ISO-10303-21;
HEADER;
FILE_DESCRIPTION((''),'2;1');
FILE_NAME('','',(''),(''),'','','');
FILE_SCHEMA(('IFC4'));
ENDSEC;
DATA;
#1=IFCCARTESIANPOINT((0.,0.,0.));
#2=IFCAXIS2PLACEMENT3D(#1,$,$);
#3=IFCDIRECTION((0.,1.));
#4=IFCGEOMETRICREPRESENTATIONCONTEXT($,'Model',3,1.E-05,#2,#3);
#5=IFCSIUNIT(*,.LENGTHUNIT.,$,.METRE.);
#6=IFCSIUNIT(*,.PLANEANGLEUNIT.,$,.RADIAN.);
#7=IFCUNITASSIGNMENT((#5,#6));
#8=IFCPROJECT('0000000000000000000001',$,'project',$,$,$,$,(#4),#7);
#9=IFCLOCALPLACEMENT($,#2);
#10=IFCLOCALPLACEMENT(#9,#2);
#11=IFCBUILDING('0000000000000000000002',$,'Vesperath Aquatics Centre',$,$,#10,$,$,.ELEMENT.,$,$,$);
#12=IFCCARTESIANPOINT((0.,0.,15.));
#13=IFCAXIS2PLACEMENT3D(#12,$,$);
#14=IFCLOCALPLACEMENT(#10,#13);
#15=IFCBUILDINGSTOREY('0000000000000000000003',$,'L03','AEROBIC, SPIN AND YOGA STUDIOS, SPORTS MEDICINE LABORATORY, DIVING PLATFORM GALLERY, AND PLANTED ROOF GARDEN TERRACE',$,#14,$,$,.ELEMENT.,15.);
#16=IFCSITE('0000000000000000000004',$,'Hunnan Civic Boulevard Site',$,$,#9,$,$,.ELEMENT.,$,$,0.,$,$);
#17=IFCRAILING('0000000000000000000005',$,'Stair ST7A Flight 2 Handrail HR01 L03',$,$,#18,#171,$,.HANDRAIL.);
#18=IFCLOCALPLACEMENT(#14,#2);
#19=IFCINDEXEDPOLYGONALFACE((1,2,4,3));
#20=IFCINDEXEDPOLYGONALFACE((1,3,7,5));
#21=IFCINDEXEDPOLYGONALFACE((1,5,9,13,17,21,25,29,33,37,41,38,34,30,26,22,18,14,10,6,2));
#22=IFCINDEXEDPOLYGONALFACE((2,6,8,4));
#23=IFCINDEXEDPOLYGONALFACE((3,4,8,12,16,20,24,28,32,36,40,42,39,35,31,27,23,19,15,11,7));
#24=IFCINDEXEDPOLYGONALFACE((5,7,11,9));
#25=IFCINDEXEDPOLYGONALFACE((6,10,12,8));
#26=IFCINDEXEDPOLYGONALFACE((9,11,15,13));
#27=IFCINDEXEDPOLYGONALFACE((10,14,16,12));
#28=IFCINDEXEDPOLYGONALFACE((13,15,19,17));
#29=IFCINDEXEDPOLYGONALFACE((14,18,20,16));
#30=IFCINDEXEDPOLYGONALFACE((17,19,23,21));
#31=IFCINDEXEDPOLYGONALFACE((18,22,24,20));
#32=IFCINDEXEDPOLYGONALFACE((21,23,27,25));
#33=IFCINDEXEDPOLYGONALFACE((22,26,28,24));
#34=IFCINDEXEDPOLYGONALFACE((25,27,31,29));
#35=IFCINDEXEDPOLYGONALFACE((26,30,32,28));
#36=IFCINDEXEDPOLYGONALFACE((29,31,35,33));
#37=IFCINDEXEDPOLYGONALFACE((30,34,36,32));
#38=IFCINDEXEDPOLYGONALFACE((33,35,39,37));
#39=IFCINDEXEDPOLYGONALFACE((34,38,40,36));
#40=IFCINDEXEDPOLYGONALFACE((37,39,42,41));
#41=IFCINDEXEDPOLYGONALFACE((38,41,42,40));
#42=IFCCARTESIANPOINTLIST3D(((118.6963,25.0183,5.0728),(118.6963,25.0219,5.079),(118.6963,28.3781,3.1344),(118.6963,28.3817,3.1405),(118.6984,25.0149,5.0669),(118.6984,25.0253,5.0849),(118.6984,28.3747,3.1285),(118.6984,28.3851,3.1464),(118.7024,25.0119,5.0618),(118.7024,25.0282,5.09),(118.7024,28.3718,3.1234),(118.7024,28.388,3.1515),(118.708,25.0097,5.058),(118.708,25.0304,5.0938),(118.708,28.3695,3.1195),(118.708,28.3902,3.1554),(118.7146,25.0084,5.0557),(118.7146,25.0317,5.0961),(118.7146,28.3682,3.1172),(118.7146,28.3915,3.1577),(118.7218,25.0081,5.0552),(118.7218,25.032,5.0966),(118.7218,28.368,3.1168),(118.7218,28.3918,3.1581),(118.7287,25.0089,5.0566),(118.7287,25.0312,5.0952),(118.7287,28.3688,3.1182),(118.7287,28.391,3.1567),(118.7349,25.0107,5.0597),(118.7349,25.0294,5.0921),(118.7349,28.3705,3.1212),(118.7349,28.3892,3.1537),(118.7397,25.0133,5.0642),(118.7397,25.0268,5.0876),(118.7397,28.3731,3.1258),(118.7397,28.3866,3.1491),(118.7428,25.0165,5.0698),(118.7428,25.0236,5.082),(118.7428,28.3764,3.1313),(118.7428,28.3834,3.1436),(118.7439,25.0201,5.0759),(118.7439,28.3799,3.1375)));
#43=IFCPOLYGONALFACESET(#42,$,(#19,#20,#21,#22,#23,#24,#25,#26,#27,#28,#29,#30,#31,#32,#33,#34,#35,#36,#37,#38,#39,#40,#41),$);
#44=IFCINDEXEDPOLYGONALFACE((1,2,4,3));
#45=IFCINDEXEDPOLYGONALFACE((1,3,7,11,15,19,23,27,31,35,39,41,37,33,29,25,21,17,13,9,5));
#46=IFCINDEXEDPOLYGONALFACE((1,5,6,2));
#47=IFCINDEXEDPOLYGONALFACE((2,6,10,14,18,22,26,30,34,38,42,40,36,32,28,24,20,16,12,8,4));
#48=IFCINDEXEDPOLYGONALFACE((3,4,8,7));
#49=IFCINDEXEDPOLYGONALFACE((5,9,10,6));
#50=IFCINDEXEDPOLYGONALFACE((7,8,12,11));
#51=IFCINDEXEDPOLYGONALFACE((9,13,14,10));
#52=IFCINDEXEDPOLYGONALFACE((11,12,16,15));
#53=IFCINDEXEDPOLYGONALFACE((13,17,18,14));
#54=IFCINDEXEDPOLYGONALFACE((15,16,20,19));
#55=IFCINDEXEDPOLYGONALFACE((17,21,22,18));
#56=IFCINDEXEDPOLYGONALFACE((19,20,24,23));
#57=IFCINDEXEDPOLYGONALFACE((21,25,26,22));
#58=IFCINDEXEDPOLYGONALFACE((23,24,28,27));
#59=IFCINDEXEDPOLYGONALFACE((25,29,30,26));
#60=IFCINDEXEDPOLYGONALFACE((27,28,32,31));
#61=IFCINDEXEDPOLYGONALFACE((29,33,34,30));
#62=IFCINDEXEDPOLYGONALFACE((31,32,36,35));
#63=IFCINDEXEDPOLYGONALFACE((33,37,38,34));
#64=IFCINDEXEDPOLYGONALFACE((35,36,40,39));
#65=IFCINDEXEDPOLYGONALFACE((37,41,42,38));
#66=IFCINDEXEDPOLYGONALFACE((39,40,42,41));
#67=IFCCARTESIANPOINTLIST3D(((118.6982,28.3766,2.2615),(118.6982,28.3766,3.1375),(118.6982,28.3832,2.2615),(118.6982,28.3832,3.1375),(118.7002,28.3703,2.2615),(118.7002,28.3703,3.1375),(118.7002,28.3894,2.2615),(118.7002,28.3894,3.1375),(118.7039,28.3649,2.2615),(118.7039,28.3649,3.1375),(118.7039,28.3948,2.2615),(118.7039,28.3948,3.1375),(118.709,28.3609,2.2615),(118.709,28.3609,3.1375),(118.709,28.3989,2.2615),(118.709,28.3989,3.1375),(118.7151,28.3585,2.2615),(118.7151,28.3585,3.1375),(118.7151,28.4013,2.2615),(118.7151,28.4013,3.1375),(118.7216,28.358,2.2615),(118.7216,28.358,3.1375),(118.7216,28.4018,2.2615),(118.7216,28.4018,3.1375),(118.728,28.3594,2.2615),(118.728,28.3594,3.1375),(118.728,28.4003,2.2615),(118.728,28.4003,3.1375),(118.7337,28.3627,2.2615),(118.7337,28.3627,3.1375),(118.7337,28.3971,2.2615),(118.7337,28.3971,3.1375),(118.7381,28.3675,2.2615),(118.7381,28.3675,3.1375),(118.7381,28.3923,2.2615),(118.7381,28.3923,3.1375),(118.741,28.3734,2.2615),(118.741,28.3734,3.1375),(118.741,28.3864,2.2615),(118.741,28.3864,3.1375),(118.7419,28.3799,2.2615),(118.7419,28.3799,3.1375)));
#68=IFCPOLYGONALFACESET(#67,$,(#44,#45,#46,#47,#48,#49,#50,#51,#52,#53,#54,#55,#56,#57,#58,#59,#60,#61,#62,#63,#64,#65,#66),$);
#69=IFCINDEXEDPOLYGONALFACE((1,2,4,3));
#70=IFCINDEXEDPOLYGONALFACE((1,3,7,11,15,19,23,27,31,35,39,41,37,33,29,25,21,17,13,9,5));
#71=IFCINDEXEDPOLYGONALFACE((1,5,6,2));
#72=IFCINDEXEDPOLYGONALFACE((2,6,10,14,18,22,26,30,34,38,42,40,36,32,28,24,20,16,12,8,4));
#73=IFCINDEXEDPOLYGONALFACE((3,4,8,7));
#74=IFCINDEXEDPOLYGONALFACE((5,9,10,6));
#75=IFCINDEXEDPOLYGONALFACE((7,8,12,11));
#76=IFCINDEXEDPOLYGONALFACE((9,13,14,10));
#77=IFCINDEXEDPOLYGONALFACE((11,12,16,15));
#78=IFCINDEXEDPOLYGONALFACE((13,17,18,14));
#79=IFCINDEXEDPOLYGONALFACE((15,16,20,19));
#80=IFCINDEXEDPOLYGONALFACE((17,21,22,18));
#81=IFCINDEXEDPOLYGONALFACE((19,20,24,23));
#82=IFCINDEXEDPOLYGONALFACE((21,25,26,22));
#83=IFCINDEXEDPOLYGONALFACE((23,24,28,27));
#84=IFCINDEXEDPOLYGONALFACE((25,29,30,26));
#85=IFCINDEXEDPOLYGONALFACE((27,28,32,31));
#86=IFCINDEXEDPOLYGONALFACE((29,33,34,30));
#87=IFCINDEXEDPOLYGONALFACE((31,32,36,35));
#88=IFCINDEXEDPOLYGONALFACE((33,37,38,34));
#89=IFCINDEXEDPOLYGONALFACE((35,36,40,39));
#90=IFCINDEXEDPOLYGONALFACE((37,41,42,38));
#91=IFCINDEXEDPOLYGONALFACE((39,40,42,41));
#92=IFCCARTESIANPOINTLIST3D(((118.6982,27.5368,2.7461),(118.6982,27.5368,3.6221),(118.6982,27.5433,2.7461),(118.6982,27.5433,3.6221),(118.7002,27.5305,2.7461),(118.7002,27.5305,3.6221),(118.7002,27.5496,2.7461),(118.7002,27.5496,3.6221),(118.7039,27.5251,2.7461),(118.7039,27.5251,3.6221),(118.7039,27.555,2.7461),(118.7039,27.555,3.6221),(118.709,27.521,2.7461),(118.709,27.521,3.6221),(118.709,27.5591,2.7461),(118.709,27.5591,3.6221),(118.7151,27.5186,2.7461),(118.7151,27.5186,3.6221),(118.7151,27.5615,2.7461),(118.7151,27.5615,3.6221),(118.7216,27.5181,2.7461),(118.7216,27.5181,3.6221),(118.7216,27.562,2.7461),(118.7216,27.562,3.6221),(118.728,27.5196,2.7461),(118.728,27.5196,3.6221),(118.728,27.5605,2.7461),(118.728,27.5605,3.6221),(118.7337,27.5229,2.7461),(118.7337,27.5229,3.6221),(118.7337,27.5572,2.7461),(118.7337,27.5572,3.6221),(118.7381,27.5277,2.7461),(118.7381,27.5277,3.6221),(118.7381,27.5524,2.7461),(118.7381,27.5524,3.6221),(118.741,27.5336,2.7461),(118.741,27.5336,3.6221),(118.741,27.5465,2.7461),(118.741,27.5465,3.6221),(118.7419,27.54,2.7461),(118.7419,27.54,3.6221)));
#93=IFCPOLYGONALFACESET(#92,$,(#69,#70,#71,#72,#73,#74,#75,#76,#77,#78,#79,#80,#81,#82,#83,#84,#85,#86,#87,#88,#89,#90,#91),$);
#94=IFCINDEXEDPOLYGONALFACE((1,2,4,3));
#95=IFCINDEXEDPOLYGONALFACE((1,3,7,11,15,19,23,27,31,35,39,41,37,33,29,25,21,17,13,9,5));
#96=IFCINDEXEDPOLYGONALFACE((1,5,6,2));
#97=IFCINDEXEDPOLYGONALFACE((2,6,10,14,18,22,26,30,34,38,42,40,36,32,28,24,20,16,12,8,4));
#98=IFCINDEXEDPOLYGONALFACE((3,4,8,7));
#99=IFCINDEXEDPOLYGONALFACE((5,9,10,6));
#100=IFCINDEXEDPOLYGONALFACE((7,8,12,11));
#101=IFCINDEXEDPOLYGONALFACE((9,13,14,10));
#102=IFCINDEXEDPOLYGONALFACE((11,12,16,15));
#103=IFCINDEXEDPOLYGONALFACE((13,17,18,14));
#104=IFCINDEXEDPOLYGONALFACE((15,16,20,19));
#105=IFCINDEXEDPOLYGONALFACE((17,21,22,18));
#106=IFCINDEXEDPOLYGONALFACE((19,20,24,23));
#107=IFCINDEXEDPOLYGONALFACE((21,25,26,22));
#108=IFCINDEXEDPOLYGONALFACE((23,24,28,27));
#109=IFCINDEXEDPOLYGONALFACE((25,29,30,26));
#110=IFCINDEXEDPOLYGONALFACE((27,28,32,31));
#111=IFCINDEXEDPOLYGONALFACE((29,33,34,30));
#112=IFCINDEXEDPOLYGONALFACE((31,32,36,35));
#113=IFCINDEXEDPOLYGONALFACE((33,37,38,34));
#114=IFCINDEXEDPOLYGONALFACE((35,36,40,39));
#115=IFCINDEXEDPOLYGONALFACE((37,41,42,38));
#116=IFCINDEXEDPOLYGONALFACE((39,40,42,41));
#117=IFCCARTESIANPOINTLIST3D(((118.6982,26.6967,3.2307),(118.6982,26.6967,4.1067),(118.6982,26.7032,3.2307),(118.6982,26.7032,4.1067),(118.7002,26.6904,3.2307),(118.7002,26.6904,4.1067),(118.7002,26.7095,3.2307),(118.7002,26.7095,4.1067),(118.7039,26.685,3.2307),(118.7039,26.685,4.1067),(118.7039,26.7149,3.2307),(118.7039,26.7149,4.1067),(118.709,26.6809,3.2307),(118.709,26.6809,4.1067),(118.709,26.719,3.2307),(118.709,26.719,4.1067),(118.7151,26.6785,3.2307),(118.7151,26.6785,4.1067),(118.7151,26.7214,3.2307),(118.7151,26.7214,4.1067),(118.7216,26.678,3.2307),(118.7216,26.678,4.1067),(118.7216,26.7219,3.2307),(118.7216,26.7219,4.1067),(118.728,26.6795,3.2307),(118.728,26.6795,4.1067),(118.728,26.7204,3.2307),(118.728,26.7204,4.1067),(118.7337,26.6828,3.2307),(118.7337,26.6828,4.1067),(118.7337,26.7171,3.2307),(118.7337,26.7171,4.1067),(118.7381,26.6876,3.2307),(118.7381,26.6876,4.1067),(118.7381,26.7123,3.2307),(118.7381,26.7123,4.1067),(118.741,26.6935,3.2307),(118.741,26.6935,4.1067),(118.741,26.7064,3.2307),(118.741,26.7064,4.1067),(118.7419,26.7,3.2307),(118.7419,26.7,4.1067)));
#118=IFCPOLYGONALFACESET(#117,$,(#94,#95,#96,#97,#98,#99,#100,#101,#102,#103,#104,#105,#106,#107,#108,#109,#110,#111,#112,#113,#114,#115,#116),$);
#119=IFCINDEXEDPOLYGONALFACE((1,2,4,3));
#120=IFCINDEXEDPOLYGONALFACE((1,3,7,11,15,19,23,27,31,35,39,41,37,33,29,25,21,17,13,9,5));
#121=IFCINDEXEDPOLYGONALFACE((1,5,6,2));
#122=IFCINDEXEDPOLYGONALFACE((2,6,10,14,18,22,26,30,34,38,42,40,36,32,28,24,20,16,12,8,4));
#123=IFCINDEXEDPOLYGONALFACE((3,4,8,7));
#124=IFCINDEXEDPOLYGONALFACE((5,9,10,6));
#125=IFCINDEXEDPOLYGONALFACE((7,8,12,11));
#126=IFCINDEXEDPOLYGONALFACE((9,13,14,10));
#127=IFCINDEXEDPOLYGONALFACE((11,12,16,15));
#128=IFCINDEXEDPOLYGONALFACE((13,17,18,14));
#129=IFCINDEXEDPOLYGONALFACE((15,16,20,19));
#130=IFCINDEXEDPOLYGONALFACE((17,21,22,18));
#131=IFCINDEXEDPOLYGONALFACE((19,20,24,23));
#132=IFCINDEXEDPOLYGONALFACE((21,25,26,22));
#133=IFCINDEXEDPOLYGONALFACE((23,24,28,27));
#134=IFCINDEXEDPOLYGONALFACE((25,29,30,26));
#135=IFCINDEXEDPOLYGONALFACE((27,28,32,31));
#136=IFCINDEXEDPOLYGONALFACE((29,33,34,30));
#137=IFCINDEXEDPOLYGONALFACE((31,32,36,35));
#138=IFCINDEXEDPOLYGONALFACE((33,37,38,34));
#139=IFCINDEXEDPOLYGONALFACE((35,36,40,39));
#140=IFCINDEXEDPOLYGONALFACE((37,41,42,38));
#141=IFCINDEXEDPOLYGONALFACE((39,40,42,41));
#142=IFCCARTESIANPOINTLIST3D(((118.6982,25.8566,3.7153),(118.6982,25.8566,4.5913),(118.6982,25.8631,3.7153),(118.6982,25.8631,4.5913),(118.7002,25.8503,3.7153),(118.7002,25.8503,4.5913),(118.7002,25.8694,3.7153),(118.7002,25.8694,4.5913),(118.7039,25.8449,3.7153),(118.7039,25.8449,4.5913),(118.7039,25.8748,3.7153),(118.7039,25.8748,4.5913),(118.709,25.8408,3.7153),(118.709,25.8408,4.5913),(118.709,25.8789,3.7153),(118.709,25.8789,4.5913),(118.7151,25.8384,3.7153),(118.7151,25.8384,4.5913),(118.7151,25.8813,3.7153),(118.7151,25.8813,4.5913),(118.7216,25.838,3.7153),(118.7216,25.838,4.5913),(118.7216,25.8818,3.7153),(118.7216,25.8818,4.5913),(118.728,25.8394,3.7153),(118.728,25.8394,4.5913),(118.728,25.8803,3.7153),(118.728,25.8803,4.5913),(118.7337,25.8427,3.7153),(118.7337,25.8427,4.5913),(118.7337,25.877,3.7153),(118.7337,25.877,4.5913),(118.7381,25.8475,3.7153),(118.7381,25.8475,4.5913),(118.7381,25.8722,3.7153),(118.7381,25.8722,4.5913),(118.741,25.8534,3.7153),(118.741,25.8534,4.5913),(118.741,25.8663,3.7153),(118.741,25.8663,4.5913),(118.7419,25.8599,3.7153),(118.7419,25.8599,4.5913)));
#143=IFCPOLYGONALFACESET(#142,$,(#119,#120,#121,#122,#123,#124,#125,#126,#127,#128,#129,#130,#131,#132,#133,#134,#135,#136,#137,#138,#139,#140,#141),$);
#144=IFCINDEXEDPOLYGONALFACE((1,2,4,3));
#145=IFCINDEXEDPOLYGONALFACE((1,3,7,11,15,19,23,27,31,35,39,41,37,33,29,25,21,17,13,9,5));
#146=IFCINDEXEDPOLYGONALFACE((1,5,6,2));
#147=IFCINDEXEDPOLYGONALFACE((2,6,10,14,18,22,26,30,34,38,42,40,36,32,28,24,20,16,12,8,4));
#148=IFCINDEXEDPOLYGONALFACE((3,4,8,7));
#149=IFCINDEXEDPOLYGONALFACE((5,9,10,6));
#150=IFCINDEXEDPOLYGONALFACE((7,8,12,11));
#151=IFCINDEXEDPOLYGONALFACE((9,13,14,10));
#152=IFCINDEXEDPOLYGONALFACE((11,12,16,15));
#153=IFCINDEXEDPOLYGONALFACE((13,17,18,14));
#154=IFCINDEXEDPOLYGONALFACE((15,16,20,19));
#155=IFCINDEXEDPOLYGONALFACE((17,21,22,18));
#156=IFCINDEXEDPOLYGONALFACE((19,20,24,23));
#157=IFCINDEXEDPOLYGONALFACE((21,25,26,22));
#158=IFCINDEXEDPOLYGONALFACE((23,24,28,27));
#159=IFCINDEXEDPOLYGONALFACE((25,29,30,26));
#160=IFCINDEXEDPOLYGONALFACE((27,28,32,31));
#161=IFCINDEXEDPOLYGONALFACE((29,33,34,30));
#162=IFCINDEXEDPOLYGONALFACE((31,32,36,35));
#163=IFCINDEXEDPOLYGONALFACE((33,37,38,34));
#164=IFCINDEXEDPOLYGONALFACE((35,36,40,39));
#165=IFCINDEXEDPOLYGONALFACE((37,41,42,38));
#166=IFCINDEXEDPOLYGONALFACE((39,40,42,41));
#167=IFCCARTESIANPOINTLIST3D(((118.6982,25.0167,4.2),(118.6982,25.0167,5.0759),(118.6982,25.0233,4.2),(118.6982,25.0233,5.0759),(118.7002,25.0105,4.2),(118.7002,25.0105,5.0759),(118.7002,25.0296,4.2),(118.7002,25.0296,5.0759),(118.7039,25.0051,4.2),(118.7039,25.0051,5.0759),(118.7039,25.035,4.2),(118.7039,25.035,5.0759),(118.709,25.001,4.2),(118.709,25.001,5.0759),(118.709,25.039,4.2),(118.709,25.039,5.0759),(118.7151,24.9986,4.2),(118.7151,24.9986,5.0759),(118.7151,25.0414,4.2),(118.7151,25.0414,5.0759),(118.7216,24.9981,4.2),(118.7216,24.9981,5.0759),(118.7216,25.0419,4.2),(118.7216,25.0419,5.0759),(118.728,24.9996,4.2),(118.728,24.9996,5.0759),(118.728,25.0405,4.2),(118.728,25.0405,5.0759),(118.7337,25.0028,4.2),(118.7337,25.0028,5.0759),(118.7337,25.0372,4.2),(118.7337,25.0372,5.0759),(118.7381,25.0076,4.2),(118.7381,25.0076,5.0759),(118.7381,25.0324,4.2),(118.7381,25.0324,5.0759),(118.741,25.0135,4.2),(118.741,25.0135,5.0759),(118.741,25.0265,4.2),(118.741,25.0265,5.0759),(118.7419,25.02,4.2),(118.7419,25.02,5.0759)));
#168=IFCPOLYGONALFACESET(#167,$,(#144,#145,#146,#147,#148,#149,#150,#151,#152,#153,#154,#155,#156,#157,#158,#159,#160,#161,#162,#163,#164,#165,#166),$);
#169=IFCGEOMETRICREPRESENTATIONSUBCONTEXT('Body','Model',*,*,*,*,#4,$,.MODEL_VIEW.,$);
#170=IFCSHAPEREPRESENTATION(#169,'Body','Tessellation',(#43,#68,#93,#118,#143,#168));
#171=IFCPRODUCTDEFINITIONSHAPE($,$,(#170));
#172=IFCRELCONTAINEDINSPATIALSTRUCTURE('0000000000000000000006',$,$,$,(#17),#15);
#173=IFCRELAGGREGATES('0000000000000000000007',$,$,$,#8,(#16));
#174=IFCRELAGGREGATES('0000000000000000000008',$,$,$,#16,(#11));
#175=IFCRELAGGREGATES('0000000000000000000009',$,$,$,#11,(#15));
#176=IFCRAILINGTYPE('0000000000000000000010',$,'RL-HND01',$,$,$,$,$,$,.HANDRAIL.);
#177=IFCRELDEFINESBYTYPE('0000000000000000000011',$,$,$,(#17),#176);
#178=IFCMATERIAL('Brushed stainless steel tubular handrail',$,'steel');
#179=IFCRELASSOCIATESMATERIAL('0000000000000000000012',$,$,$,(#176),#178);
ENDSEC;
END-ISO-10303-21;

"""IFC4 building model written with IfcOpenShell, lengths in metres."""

from ifc_helpers import new_model, si_unit, direction, frame, origin, origin_2d, place, context, subcontext, project, spatial, circle, extrude, material, type_object, element, save


model = new_model("IFC4")

# Units and contexts
model_context = context("Model", 3, precision=1e-05, world=origin(), true_north=direction((0.0, 1.0)))
body_context = subcontext(model_context, "Body", "Model", "MODEL_VIEW")
ifc_project = project(units=[si_unit("LENGTHUNIT", "METRE"), si_unit("PLANEANGLEUNIT", "RADIAN")], contexts=[model_context])

# Site, building, storey
site_placement = place(None, origin())
site = spatial("IfcSite", under=ifc_project, at=site_placement, Name="Hunnan Civic Boulevard Site", CompositionType="ELEMENT", RefElevation=0.0)
building_placement = place(site_placement, origin())
building = spatial("IfcBuilding", under=site, at=building_placement, Name="Vesperath Aquatics Centre", CompositionType="ELEMENT")
storey_placement = place(building_placement, frame((0.0, 0.0, 15.0)))
storey = spatial("IfcBuildingStorey", under=building, at=storey_placement, Name="L03", Description="AEROBIC, SPIN AND YOGA STUDIOS, SPORTS MEDICINE LABORATORY, DIVING PLATFORM GALLERY, AND PLANTED ROOF GARDEN TERRACE", CompositionType="ELEMENT", Elevation=15.0)

# Railing
ifc_material_1 = material(Name="Brushed stainless steel tubular handrail", Category="steel")
railing_type_1 = type_object("IfcRailingType", Name="RL-HND01", PredefinedType="HANDRAIL", material=ifc_material_1)
for number, where, name in (
    (1, (118.72, 28.3799, 2.2615), "Stair ST7A Flight 2 Handrail HR01 L03"),
):
    element("IfcRailing", number, at=place(storey_placement, frame(where)), inside=storey, type_object=railing_type_1, Name=name, PredefinedType="HANDRAIL", context=body_context, shape_type="SweptSolid", body=[
        extrude(circle(Radius=0.0239, at=origin_2d()), frame((0.0, 0.0, 0.876), z_axis=(0.0, -0.866175, 0.499741), x_axis=(1.0, 0.0, 0.0)), (0.0, 0.0, 1.0), 3.8789),
        extrude(circle(Radius=0.022, at=origin_2d()), origin(), (0.0, 0.0, 1.0), 0.876),
        extrude(circle(Radius=0.022, at=origin_2d()), frame((0.0, -0.8398, 0.4846)), (0.0, 0.0, 1.0), 0.876),
        extrude(circle(Radius=0.022, at=origin_2d()), frame((0.0, -1.6799, 0.9692)), (0.0, 0.0, 1.0), 0.876),
        extrude(circle(Radius=0.022, at=origin_2d()), frame((0.0, -2.52, 1.4539)), (0.0, 0.0, 1.0), 0.876),
        extrude(circle(Radius=0.022, at=origin_2d()), frame((0.0, -3.3599, 1.9385)), (0.0, 0.0, 1.0), 0.876),
    ])

save(model, "model.ifc")
